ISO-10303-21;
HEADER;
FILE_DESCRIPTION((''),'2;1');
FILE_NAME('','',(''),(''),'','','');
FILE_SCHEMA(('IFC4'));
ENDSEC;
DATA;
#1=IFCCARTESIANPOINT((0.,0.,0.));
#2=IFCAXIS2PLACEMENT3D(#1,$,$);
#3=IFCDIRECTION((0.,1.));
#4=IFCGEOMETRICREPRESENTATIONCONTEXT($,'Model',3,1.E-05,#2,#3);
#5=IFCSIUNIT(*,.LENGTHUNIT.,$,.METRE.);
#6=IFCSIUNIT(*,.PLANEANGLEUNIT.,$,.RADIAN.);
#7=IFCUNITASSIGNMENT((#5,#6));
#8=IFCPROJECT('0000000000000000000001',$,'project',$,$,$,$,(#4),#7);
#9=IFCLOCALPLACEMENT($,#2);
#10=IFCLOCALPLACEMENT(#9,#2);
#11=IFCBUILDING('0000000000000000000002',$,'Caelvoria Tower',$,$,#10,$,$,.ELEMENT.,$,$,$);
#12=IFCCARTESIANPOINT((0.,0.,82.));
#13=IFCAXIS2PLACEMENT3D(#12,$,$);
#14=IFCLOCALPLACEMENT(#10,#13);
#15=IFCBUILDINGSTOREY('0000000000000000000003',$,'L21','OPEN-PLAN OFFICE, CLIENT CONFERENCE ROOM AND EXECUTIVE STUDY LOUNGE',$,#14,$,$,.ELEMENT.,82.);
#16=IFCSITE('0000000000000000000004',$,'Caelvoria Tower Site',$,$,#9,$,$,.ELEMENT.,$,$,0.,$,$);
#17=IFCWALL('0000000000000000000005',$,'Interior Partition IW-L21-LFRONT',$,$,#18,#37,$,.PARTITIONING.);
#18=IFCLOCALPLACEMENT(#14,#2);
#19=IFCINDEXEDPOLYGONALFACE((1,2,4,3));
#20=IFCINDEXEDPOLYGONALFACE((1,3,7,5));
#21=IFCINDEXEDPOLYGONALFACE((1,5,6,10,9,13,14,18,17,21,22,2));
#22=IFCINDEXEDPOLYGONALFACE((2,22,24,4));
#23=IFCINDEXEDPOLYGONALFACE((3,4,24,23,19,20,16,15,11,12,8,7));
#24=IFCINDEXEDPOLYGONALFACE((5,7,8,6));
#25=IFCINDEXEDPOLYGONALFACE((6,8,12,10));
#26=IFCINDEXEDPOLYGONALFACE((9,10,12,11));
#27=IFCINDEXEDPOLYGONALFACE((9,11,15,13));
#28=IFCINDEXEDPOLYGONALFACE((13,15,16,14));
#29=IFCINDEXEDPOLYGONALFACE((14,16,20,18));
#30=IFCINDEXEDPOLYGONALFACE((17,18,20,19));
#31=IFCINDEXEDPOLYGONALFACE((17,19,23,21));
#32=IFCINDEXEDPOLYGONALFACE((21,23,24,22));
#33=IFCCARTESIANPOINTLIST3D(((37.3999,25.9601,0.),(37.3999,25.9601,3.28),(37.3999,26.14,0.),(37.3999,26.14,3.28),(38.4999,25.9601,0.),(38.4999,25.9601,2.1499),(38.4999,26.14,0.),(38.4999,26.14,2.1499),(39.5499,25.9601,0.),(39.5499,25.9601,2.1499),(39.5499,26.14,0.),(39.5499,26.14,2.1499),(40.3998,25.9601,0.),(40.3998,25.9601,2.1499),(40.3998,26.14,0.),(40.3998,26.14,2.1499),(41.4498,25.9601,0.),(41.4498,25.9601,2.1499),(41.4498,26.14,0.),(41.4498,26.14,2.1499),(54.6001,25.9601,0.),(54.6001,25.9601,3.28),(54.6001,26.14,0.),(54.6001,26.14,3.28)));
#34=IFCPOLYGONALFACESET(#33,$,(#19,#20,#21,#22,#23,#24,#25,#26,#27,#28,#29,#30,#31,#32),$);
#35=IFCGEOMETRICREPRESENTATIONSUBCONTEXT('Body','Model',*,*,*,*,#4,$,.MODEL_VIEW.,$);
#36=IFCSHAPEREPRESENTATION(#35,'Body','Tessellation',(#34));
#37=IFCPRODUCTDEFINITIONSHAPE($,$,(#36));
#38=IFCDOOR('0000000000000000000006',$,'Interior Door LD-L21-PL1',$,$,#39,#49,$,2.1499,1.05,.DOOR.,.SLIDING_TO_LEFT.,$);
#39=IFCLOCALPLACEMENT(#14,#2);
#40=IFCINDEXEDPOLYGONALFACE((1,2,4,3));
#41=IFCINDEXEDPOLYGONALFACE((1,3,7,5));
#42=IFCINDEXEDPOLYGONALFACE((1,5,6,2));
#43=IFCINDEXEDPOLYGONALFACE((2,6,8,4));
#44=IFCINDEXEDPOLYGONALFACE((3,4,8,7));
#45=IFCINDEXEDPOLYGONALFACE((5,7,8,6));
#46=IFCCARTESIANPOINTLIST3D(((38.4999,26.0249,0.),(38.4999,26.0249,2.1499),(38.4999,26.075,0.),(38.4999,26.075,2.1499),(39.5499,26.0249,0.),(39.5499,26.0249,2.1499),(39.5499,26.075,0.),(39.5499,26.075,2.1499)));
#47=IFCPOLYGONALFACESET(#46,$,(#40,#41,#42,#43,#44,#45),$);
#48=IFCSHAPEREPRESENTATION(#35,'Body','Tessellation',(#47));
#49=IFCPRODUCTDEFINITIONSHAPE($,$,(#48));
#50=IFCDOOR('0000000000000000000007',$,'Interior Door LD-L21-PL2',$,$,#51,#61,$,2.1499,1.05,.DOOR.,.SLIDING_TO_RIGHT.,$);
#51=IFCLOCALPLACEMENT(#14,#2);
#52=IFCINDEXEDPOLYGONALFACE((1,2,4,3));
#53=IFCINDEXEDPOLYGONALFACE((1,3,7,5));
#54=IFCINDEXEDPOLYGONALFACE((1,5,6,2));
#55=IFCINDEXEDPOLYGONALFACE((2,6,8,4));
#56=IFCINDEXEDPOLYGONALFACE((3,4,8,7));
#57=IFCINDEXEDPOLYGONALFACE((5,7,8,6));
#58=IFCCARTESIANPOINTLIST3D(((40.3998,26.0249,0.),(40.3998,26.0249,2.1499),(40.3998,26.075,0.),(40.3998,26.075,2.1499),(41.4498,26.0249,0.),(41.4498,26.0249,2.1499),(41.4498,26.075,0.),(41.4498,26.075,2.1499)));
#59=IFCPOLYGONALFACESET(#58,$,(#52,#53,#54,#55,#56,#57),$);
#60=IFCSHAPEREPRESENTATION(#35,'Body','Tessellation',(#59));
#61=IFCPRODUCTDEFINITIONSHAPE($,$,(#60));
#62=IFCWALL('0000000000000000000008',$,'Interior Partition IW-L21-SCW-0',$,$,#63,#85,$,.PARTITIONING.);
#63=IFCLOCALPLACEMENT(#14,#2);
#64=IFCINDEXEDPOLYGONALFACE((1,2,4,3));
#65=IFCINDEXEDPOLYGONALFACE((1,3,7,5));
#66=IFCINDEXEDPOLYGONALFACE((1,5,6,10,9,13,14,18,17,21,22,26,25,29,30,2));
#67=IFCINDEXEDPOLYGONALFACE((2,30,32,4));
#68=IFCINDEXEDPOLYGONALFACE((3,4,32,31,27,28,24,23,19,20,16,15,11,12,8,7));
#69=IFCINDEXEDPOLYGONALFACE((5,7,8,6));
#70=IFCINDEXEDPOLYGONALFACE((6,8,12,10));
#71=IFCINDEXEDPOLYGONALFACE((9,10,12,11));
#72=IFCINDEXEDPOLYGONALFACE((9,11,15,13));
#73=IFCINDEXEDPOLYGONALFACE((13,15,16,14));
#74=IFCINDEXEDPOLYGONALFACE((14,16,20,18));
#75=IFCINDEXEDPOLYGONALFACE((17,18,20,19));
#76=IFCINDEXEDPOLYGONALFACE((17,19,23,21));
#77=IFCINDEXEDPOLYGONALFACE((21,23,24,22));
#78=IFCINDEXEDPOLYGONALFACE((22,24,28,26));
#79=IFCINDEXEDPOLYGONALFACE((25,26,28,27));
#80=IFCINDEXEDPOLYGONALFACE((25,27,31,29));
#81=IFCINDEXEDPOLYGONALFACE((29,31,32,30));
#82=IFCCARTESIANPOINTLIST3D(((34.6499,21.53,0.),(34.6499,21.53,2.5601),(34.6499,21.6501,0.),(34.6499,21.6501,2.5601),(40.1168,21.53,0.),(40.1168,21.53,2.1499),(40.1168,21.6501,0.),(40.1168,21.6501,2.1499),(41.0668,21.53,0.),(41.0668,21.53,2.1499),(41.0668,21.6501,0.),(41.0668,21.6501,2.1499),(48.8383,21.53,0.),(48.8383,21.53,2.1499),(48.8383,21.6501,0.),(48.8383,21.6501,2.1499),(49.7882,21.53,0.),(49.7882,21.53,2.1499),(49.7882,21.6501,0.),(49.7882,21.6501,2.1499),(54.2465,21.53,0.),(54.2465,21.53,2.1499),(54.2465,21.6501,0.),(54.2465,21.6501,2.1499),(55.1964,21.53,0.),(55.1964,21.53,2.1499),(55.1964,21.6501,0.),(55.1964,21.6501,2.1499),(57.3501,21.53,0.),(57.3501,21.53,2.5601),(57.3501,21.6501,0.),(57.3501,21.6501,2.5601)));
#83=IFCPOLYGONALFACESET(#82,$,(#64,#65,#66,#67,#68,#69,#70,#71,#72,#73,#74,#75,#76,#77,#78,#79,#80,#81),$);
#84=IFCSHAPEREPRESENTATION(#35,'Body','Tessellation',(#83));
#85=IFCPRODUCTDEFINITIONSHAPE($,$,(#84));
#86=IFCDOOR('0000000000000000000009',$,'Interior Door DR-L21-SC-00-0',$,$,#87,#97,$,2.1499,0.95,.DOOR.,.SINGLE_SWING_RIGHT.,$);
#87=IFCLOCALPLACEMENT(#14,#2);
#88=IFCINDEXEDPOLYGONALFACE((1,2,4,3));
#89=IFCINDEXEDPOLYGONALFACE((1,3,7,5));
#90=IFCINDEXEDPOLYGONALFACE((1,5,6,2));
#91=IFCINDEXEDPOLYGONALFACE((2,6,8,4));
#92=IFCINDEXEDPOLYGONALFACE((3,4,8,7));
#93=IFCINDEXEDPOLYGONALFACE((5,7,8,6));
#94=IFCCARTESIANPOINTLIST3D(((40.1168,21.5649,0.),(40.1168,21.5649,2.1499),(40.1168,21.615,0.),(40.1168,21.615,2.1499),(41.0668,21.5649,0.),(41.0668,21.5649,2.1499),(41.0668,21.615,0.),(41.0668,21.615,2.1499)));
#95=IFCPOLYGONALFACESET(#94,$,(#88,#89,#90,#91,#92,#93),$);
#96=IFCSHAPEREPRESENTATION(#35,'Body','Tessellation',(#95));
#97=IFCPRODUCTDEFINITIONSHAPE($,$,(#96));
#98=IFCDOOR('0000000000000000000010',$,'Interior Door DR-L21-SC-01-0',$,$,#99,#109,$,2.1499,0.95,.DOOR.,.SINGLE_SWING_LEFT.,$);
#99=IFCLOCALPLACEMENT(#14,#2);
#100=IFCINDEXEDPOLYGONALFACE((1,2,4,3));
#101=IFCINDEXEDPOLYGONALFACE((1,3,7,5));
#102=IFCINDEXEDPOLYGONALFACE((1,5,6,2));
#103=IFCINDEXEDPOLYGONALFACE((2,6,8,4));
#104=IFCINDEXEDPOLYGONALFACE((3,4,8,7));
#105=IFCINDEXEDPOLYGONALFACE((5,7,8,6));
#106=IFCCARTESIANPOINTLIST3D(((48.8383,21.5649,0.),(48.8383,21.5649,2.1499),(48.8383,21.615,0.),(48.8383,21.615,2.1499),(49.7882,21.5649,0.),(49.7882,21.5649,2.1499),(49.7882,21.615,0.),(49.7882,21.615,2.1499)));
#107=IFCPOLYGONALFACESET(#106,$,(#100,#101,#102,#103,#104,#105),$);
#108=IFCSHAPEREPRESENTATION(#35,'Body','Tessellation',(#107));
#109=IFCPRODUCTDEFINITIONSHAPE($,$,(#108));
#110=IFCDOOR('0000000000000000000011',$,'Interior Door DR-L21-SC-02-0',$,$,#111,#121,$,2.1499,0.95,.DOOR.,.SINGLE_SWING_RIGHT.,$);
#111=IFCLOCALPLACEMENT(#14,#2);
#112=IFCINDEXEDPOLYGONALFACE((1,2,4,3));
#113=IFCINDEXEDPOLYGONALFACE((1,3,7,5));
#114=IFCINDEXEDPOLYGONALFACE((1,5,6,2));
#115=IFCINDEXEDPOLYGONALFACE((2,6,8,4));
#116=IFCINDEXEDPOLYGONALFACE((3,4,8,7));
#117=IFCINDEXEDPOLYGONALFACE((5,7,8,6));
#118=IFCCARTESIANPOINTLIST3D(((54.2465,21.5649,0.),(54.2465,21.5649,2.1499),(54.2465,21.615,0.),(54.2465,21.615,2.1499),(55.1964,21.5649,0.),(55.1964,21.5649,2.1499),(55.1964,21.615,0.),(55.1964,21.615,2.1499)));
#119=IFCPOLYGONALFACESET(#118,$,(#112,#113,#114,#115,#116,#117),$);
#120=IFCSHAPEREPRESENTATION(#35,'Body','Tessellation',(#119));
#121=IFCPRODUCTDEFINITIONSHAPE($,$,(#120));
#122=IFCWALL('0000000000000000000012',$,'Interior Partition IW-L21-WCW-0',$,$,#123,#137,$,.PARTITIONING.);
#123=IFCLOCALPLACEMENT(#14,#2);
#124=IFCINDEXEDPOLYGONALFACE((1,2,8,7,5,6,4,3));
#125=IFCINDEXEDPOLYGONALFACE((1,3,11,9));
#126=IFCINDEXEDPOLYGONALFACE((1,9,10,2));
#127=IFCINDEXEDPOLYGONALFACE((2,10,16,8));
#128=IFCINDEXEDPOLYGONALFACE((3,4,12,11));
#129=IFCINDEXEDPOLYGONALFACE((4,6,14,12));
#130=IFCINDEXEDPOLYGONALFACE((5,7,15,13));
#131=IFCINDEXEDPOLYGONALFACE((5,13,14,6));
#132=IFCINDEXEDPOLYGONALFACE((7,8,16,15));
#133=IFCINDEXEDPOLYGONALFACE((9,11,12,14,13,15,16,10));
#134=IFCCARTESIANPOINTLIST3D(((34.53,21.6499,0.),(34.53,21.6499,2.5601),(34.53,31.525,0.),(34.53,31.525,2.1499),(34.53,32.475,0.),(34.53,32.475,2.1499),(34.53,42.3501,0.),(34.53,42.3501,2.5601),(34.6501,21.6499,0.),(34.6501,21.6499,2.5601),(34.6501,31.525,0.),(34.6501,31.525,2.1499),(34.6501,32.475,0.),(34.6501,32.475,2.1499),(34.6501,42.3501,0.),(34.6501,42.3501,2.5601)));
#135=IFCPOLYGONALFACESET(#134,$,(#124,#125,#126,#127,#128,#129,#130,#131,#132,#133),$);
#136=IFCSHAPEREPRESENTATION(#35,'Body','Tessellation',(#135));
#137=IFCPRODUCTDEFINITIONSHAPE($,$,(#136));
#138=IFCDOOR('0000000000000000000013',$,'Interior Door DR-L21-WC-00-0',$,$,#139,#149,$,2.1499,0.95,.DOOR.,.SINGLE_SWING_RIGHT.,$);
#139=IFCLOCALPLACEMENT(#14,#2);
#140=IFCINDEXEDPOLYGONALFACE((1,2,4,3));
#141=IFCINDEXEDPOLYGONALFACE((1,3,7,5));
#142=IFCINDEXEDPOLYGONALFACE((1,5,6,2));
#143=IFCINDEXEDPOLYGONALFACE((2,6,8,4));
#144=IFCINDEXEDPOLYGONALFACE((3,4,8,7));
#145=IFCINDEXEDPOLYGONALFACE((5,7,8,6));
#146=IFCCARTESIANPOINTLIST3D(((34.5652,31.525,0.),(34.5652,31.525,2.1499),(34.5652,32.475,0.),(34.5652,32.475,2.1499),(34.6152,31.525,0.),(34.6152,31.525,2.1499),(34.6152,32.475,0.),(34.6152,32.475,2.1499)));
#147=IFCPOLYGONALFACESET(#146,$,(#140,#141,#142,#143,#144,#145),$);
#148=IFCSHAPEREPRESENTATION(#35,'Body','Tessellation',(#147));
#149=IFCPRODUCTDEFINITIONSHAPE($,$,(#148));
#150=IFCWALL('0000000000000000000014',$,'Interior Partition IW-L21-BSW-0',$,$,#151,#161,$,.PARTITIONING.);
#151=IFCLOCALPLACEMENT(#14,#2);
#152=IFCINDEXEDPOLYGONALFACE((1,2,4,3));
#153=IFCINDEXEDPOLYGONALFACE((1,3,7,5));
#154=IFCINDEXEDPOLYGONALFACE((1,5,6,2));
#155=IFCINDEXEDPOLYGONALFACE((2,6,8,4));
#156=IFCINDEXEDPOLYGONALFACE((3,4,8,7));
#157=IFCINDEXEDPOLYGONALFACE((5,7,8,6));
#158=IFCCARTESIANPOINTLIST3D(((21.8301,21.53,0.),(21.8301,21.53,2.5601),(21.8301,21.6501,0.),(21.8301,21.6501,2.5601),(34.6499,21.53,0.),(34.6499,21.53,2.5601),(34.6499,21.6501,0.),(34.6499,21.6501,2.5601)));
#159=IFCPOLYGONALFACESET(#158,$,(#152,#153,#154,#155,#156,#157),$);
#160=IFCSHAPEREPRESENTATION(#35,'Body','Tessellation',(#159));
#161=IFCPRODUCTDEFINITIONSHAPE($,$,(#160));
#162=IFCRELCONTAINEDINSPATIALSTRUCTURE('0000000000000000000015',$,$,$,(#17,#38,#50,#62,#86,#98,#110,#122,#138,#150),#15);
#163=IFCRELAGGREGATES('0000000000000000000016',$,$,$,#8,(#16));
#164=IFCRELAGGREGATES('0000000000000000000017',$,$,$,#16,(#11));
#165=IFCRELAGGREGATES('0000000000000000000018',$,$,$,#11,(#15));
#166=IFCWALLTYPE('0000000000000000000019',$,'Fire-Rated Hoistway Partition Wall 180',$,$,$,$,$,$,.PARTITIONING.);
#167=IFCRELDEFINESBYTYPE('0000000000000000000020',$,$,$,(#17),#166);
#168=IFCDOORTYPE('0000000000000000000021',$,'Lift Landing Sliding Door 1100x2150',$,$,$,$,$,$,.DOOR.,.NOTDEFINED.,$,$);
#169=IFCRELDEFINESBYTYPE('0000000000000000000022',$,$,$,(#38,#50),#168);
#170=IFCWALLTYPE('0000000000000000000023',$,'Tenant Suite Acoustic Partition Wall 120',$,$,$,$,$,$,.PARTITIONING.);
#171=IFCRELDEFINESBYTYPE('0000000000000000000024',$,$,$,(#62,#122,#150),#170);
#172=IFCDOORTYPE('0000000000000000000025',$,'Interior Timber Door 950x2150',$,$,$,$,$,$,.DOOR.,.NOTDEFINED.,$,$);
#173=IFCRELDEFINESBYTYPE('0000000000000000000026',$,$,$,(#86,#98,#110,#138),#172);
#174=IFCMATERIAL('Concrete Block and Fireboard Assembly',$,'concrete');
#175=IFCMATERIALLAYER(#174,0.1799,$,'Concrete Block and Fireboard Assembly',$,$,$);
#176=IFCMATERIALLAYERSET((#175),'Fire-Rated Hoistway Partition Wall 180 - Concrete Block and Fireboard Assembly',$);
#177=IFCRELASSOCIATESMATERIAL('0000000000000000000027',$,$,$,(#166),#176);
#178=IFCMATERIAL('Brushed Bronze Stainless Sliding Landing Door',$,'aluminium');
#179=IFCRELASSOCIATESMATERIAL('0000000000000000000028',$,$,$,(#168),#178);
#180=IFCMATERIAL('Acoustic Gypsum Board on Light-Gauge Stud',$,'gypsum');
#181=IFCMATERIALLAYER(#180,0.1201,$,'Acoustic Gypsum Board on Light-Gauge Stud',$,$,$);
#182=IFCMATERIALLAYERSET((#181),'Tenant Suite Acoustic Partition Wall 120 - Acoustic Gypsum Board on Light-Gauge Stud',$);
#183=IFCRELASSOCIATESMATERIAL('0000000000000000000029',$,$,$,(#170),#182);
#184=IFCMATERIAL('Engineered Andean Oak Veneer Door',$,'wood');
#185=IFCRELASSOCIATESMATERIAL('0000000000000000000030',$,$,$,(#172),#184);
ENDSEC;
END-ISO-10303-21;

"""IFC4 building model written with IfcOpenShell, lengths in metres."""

from ifc_helpers import new_model, si_unit, direction, frame, frame_2d, origin, place, context, subcontext, project, spatial, rectangle, extrude, material, layer, layer_set, type_object, element, fill, save


model = new_model("IFC4")

# Units and contexts
model_context = context("Model", 3, precision=1e-05, world=origin(), true_north=direction((0.0, 1.0)))
body_context = subcontext(model_context, "Body", "Model", "MODEL_VIEW")
ifc_project = project(units=[si_unit("LENGTHUNIT", "METRE"), si_unit("PLANEANGLEUNIT", "RADIAN")], contexts=[model_context])

# Site, building, storey
site_placement = place(None, origin())
site = spatial("IfcSite", under=ifc_project, at=site_placement, Name="Caelvoria Tower Site", CompositionType="ELEMENT", RefElevation=0.0)
building_placement = place(site_placement, origin())
building = spatial("IfcBuilding", under=site, at=building_placement, Name="Caelvoria Tower", CompositionType="ELEMENT")
storey_placement = place(building_placement, frame((0.0, 0.0, 82.0)))
storey = spatial("IfcBuildingStorey", under=building, at=storey_placement, Name="L21", Description="OPEN-PLAN OFFICE, CLIENT CONFERENCE ROOM AND EXECUTIVE STUDY LOUNGE", CompositionType="ELEMENT", Elevation=82.0)

# Shared definitions
ifc_material_1 = material(Name="Concrete Block and Fireboard Assembly", Category="concrete")
ifc_layer_1 = layer(ifc_material_1, 0.1799, Name="Concrete Block and Fireboard Assembly")
ifc_layer_set_1 = layer_set([ifc_layer_1], Name="Fire-Rated Hoistway Partition Wall 180 - Concrete Block and Fireboard Assembly")
wall_type_1 = type_object("IfcWallType", Name="Fire-Rated Hoistway Partition Wall 180", PredefinedType="PARTITIONING", material=ifc_layer_set_1)

# Wall, openings, doors
wall_1_placement = place(storey_placement, frame((37.3999, 26.05, 0.0), z_axis=(0.0, 0.0, 1.0), x_axis=(1.0, 0.0, 0.0)))
wall_1 = element("IfcWall", 1, at=wall_1_placement, inside=storey, type_object=wall_type_1, Name="Interior Partition IW-L21-LFRONT", PredefinedType="PARTITIONING", context=body_context, shape_type="SweptSolid", body=[
    extrude(rectangle(XDim=17.2002, YDim=0.1799, at=frame_2d((8.6001, 0.0))), origin(), (0.0, 0.0, 1.0), 3.28),
])
opening_1_placement = place(wall_1_placement, frame((1.1001, 0.0, 0.0)))
opening_1 = element("IfcOpeningElement", 2, at=opening_1_placement, cuts=wall_1, PredefinedType="OPENING", context=body_context, shape_type="SweptSolid", body=[
    extrude(rectangle(XDim=1.05, YDim=2.1499, at=frame_2d((0.5249, 1.075))), frame((0.0, 0.0999, 0.0), z_axis=(0.0, -1.0, 0.0), x_axis=(1.0, 0.0, 0.0)), (0.0, 0.0, 1.0), 0.2),
])
opening_2_placement = place(wall_1_placement, frame((3.0, 0.0, 0.0)))
opening_2 = element("IfcOpeningElement", 3, at=opening_2_placement, cuts=wall_1, PredefinedType="OPENING", context=body_context, shape_type="SweptSolid", body=[
    extrude(rectangle(XDim=1.05, YDim=2.1499, at=frame_2d((0.5249, 1.075))), frame((0.0, 0.0999, 0.0), z_axis=(0.0, -1.0, 0.0), x_axis=(1.0, 0.0, 0.0)), (0.0, 0.0, 1.0), 0.2),
])
ifc_material_2 = material(Name="Brushed Bronze Stainless Sliding Landing Door", Category="aluminium")
door_type_1 = type_object("IfcDoorType", Name="Lift Landing Sliding Door 1100x2150", OperationType="NOTDEFINED", PredefinedType="DOOR", material=ifc_material_2)
door_1_placement = place(opening_1_placement, origin())
door_1 = element("IfcDoor", 4, at=door_1_placement, inside=storey, type_object=door_type_1, Name="Interior Door LD-L21-PL1", OperationType="SLIDING_TO_LEFT", OverallHeight=2.1499, OverallWidth=1.05, PredefinedType="DOOR", context=body_context, shape_type="SweptSolid", body=[
    extrude(rectangle(XDim=1.05, YDim=2.1499, at=frame_2d((0.5249, 1.075))), frame((0.0, 0.0249, 0.0), z_axis=(0.0, -1.0, 0.0), x_axis=(1.0, 0.0, 0.0)), (0.0, 0.0, 1.0), 0.05),
])
fill(opening_1, door_1)
door_2_placement = place(opening_2_placement, origin())
door_2 = element("IfcDoor", 5, at=door_2_placement, inside=storey, type_object=door_type_1, Name="Interior Door LD-L21-PL2", OperationType="SLIDING_TO_RIGHT", OverallHeight=2.1499, OverallWidth=1.05, PredefinedType="DOOR", context=body_context, shape_type="SweptSolid", body=[
    extrude(rectangle(XDim=1.05, YDim=2.1499, at=frame_2d((0.5249, 1.075))), frame((0.0, 0.0249, 0.0), z_axis=(0.0, -1.0, 0.0), x_axis=(1.0, 0.0, 0.0)), (0.0, 0.0, 1.0), 0.05),
])
fill(opening_2, door_2)

# Wall, openings, doors
ifc_material_3 = material(Name="Acoustic Gypsum Board on Light-Gauge Stud", Category="gypsum")
ifc_layer_2 = layer(ifc_material_3, 0.1201, Name="Acoustic Gypsum Board on Light-Gauge Stud")
ifc_layer_set_2 = layer_set([ifc_layer_2], Name="Tenant Suite Acoustic Partition Wall 120 - Acoustic Gypsum Board on Light-Gauge Stud")
wall_type_2 = type_object("IfcWallType", Name="Tenant Suite Acoustic Partition Wall 120", PredefinedType="PARTITIONING", material=ifc_layer_set_2)
wall_2_placement = place(storey_placement, frame((34.6499, 21.5901, 0.0), z_axis=(0.0, 0.0, 1.0), x_axis=(1.0, 0.0, 0.0)))
wall_2 = element("IfcWall", 6, at=wall_2_placement, inside=storey, type_object=wall_type_2, Name="Interior Partition IW-L21-SCW-0", PredefinedType="PARTITIONING", context=body_context, shape_type="SweptSolid", body=[
    extrude(rectangle(XDim=22.7002, YDim=0.1201, at=frame_2d((11.3501, 0.0))), origin(), (0.0, 0.0, 1.0), 2.5601),
])
opening_3_placement = place(wall_2_placement, frame((5.4668, 0.0, 0.0)))
opening_3 = element("IfcOpeningElement", 7, at=opening_3_placement, cuts=wall_2, PredefinedType="OPENING", context=body_context, shape_type="SweptSolid", body=[
    extrude(rectangle(XDim=0.95, YDim=2.1499, at=frame_2d((0.4751, 1.075))), frame((0.0, 0.0701, 0.0), z_axis=(0.0, -1.0, 0.0), x_axis=(1.0, 0.0, 0.0)), (0.0, 0.0, 1.0), 0.1401),
])
opening_4_placement = place(wall_2_placement, frame((14.1882, 0.0, 0.0)))
opening_4 = element("IfcOpeningElement", 8, at=opening_4_placement, cuts=wall_2, PredefinedType="OPENING", context=body_context, shape_type="SweptSolid", body=[
    extrude(rectangle(XDim=0.95, YDim=2.1499, at=frame_2d((0.4751, 1.075))), frame((0.0, 0.0701, 0.0), z_axis=(0.0, -1.0, 0.0), x_axis=(1.0, 0.0, 0.0)), (0.0, 0.0, 1.0), 0.1401),
])
opening_5_placement = place(wall_2_placement, frame((19.5964, 0.0, 0.0)))
opening_5 = element("IfcOpeningElement", 9, at=opening_5_placement, cuts=wall_2, PredefinedType="OPENING", context=body_context, shape_type="SweptSolid", body=[
    extrude(rectangle(XDim=0.95, YDim=2.1499, at=frame_2d((0.4751, 1.075))), frame((0.0, 0.0701, 0.0), z_axis=(0.0, -1.0, 0.0), x_axis=(1.0, 0.0, 0.0)), (0.0, 0.0, 1.0), 0.1401),
])
ifc_material_4 = material(Name="Engineered Andean Oak Veneer Door", Category="wood")
door_type_2 = type_object("IfcDoorType", Name="Interior Timber Door 950x2150", OperationType="NOTDEFINED", PredefinedType="DOOR", material=ifc_material_4)
door_3_placement = place(opening_3_placement, origin())
door_3 = element("IfcDoor", 10, at=door_3_placement, inside=storey, type_object=door_type_2, Name="Interior Door DR-L21-SC-00-0", OperationType="SINGLE_SWING_RIGHT", OverallHeight=2.1499, OverallWidth=0.95, PredefinedType="DOOR", context=body_context, shape_type="SweptSolid", body=[
    extrude(rectangle(XDim=0.95, YDim=2.1499, at=frame_2d((0.4751, 1.075))), frame((0.0, 0.0249, 0.0), z_axis=(0.0, -1.0, 0.0), x_axis=(1.0, 0.0, 0.0)), (0.0, 0.0, 1.0), 0.05),
])
fill(opening_3, door_3)
door_4_placement = place(opening_4_placement, origin())
door_4 = element("IfcDoor", 11, at=door_4_placement, inside=storey, type_object=door_type_2, Name="Interior Door DR-L21-SC-01-0", OperationType="SINGLE_SWING_LEFT", OverallHeight=2.1499, OverallWidth=0.95, PredefinedType="DOOR", context=body_context, shape_type="SweptSolid", body=[
    extrude(rectangle(XDim=0.95, YDim=2.1499, at=frame_2d((0.4751, 1.075))), frame((0.0, 0.0249, 0.0), z_axis=(0.0, -1.0, 0.0), x_axis=(1.0, 0.0, 0.0)), (0.0, 0.0, 1.0), 0.05),
])
fill(opening_4, door_4)
door_5_placement = place(opening_5_placement, origin())
door_5 = element("IfcDoor", 12, at=door_5_placement, inside=storey, type_object=door_type_2, Name="Interior Door DR-L21-SC-02-0", OperationType="SINGLE_SWING_RIGHT", OverallHeight=2.1499, OverallWidth=0.95, PredefinedType="DOOR", context=body_context, shape_type="SweptSolid", body=[
    extrude(rectangle(XDim=0.95, YDim=2.1499, at=frame_2d((0.4751, 1.075))), frame((0.0, 0.0249, 0.0), z_axis=(0.0, -1.0, 0.0), x_axis=(1.0, 0.0, 0.0)), (0.0, 0.0, 1.0), 0.05),
])
fill(opening_5, door_5)

# Wall, opening, door
wall_3_placement = place(storey_placement, frame((34.5901, 21.6499, 0.0), z_axis=(0.0, 0.0, 1.0), x_axis=(0.0, 1.0, 0.0)))
wall_3 = element("IfcWall", 13, at=wall_3_placement, inside=storey, type_object=wall_type_2, Name="Interior Partition IW-L21-WCW-0", PredefinedType="PARTITIONING", context=body_context, shape_type="SweptSolid", body=[
    extrude(rectangle(XDim=20.7002, YDim=0.1201, at=frame_2d((10.3501, 0.0))), origin(), (0.0, 0.0, 1.0), 2.5601),
])
opening_6_placement = place(wall_3_placement, frame((9.875, 0.0, 0.0)))
opening_6 = element("IfcOpeningElement", 14, at=opening_6_placement, cuts=wall_3, PredefinedType="OPENING", context=body_context, shape_type="SweptSolid", body=[
    extrude(rectangle(XDim=0.95, YDim=2.1499, at=frame_2d((0.4751, 1.075))), frame((0.0, 0.0701, 0.0), z_axis=(0.0, -1.0, 0.0), x_axis=(1.0, 0.0, 0.0)), (0.0, 0.0, 1.0), 0.1401),
])
door_6_placement = place(opening_6_placement, origin())
door_6 = element("IfcDoor", 15, at=door_6_placement, inside=storey, type_object=door_type_2, Name="Interior Door DR-L21-WC-00-0", OperationType="SINGLE_SWING_RIGHT", OverallHeight=2.1499, OverallWidth=0.95, PredefinedType="DOOR", context=body_context, shape_type="SweptSolid", body=[
    extrude(rectangle(XDim=0.95, YDim=2.1499, at=frame_2d((0.4751, 1.075))), frame((0.0, 0.0249, 0.0), z_axis=(0.0, -1.0, 0.0), x_axis=(1.0, 0.0, 0.0)), (0.0, 0.0, 1.0), 0.05),
])
fill(opening_6, door_6)

# Wall
wall_4_placement = place(storey_placement, frame((34.6499, 21.5901, 0.0), z_axis=(0.0, 0.0, 1.0), x_axis=(-1.0, 0.0, 0.0)))
element("IfcWall", 16, at=wall_4_placement, inside=storey, type_object=wall_type_2, Name="Interior Partition IW-L21-BSW-0", PredefinedType="PARTITIONING", context=body_context, shape_type="SweptSolid", body=[
    extrude(rectangle(XDim=12.8198, YDim=0.1201, at=frame_2d((6.4099, 0.0))), origin(), (0.0, 0.0, 1.0), 2.5601),
])

save(model, "model.ifc")
